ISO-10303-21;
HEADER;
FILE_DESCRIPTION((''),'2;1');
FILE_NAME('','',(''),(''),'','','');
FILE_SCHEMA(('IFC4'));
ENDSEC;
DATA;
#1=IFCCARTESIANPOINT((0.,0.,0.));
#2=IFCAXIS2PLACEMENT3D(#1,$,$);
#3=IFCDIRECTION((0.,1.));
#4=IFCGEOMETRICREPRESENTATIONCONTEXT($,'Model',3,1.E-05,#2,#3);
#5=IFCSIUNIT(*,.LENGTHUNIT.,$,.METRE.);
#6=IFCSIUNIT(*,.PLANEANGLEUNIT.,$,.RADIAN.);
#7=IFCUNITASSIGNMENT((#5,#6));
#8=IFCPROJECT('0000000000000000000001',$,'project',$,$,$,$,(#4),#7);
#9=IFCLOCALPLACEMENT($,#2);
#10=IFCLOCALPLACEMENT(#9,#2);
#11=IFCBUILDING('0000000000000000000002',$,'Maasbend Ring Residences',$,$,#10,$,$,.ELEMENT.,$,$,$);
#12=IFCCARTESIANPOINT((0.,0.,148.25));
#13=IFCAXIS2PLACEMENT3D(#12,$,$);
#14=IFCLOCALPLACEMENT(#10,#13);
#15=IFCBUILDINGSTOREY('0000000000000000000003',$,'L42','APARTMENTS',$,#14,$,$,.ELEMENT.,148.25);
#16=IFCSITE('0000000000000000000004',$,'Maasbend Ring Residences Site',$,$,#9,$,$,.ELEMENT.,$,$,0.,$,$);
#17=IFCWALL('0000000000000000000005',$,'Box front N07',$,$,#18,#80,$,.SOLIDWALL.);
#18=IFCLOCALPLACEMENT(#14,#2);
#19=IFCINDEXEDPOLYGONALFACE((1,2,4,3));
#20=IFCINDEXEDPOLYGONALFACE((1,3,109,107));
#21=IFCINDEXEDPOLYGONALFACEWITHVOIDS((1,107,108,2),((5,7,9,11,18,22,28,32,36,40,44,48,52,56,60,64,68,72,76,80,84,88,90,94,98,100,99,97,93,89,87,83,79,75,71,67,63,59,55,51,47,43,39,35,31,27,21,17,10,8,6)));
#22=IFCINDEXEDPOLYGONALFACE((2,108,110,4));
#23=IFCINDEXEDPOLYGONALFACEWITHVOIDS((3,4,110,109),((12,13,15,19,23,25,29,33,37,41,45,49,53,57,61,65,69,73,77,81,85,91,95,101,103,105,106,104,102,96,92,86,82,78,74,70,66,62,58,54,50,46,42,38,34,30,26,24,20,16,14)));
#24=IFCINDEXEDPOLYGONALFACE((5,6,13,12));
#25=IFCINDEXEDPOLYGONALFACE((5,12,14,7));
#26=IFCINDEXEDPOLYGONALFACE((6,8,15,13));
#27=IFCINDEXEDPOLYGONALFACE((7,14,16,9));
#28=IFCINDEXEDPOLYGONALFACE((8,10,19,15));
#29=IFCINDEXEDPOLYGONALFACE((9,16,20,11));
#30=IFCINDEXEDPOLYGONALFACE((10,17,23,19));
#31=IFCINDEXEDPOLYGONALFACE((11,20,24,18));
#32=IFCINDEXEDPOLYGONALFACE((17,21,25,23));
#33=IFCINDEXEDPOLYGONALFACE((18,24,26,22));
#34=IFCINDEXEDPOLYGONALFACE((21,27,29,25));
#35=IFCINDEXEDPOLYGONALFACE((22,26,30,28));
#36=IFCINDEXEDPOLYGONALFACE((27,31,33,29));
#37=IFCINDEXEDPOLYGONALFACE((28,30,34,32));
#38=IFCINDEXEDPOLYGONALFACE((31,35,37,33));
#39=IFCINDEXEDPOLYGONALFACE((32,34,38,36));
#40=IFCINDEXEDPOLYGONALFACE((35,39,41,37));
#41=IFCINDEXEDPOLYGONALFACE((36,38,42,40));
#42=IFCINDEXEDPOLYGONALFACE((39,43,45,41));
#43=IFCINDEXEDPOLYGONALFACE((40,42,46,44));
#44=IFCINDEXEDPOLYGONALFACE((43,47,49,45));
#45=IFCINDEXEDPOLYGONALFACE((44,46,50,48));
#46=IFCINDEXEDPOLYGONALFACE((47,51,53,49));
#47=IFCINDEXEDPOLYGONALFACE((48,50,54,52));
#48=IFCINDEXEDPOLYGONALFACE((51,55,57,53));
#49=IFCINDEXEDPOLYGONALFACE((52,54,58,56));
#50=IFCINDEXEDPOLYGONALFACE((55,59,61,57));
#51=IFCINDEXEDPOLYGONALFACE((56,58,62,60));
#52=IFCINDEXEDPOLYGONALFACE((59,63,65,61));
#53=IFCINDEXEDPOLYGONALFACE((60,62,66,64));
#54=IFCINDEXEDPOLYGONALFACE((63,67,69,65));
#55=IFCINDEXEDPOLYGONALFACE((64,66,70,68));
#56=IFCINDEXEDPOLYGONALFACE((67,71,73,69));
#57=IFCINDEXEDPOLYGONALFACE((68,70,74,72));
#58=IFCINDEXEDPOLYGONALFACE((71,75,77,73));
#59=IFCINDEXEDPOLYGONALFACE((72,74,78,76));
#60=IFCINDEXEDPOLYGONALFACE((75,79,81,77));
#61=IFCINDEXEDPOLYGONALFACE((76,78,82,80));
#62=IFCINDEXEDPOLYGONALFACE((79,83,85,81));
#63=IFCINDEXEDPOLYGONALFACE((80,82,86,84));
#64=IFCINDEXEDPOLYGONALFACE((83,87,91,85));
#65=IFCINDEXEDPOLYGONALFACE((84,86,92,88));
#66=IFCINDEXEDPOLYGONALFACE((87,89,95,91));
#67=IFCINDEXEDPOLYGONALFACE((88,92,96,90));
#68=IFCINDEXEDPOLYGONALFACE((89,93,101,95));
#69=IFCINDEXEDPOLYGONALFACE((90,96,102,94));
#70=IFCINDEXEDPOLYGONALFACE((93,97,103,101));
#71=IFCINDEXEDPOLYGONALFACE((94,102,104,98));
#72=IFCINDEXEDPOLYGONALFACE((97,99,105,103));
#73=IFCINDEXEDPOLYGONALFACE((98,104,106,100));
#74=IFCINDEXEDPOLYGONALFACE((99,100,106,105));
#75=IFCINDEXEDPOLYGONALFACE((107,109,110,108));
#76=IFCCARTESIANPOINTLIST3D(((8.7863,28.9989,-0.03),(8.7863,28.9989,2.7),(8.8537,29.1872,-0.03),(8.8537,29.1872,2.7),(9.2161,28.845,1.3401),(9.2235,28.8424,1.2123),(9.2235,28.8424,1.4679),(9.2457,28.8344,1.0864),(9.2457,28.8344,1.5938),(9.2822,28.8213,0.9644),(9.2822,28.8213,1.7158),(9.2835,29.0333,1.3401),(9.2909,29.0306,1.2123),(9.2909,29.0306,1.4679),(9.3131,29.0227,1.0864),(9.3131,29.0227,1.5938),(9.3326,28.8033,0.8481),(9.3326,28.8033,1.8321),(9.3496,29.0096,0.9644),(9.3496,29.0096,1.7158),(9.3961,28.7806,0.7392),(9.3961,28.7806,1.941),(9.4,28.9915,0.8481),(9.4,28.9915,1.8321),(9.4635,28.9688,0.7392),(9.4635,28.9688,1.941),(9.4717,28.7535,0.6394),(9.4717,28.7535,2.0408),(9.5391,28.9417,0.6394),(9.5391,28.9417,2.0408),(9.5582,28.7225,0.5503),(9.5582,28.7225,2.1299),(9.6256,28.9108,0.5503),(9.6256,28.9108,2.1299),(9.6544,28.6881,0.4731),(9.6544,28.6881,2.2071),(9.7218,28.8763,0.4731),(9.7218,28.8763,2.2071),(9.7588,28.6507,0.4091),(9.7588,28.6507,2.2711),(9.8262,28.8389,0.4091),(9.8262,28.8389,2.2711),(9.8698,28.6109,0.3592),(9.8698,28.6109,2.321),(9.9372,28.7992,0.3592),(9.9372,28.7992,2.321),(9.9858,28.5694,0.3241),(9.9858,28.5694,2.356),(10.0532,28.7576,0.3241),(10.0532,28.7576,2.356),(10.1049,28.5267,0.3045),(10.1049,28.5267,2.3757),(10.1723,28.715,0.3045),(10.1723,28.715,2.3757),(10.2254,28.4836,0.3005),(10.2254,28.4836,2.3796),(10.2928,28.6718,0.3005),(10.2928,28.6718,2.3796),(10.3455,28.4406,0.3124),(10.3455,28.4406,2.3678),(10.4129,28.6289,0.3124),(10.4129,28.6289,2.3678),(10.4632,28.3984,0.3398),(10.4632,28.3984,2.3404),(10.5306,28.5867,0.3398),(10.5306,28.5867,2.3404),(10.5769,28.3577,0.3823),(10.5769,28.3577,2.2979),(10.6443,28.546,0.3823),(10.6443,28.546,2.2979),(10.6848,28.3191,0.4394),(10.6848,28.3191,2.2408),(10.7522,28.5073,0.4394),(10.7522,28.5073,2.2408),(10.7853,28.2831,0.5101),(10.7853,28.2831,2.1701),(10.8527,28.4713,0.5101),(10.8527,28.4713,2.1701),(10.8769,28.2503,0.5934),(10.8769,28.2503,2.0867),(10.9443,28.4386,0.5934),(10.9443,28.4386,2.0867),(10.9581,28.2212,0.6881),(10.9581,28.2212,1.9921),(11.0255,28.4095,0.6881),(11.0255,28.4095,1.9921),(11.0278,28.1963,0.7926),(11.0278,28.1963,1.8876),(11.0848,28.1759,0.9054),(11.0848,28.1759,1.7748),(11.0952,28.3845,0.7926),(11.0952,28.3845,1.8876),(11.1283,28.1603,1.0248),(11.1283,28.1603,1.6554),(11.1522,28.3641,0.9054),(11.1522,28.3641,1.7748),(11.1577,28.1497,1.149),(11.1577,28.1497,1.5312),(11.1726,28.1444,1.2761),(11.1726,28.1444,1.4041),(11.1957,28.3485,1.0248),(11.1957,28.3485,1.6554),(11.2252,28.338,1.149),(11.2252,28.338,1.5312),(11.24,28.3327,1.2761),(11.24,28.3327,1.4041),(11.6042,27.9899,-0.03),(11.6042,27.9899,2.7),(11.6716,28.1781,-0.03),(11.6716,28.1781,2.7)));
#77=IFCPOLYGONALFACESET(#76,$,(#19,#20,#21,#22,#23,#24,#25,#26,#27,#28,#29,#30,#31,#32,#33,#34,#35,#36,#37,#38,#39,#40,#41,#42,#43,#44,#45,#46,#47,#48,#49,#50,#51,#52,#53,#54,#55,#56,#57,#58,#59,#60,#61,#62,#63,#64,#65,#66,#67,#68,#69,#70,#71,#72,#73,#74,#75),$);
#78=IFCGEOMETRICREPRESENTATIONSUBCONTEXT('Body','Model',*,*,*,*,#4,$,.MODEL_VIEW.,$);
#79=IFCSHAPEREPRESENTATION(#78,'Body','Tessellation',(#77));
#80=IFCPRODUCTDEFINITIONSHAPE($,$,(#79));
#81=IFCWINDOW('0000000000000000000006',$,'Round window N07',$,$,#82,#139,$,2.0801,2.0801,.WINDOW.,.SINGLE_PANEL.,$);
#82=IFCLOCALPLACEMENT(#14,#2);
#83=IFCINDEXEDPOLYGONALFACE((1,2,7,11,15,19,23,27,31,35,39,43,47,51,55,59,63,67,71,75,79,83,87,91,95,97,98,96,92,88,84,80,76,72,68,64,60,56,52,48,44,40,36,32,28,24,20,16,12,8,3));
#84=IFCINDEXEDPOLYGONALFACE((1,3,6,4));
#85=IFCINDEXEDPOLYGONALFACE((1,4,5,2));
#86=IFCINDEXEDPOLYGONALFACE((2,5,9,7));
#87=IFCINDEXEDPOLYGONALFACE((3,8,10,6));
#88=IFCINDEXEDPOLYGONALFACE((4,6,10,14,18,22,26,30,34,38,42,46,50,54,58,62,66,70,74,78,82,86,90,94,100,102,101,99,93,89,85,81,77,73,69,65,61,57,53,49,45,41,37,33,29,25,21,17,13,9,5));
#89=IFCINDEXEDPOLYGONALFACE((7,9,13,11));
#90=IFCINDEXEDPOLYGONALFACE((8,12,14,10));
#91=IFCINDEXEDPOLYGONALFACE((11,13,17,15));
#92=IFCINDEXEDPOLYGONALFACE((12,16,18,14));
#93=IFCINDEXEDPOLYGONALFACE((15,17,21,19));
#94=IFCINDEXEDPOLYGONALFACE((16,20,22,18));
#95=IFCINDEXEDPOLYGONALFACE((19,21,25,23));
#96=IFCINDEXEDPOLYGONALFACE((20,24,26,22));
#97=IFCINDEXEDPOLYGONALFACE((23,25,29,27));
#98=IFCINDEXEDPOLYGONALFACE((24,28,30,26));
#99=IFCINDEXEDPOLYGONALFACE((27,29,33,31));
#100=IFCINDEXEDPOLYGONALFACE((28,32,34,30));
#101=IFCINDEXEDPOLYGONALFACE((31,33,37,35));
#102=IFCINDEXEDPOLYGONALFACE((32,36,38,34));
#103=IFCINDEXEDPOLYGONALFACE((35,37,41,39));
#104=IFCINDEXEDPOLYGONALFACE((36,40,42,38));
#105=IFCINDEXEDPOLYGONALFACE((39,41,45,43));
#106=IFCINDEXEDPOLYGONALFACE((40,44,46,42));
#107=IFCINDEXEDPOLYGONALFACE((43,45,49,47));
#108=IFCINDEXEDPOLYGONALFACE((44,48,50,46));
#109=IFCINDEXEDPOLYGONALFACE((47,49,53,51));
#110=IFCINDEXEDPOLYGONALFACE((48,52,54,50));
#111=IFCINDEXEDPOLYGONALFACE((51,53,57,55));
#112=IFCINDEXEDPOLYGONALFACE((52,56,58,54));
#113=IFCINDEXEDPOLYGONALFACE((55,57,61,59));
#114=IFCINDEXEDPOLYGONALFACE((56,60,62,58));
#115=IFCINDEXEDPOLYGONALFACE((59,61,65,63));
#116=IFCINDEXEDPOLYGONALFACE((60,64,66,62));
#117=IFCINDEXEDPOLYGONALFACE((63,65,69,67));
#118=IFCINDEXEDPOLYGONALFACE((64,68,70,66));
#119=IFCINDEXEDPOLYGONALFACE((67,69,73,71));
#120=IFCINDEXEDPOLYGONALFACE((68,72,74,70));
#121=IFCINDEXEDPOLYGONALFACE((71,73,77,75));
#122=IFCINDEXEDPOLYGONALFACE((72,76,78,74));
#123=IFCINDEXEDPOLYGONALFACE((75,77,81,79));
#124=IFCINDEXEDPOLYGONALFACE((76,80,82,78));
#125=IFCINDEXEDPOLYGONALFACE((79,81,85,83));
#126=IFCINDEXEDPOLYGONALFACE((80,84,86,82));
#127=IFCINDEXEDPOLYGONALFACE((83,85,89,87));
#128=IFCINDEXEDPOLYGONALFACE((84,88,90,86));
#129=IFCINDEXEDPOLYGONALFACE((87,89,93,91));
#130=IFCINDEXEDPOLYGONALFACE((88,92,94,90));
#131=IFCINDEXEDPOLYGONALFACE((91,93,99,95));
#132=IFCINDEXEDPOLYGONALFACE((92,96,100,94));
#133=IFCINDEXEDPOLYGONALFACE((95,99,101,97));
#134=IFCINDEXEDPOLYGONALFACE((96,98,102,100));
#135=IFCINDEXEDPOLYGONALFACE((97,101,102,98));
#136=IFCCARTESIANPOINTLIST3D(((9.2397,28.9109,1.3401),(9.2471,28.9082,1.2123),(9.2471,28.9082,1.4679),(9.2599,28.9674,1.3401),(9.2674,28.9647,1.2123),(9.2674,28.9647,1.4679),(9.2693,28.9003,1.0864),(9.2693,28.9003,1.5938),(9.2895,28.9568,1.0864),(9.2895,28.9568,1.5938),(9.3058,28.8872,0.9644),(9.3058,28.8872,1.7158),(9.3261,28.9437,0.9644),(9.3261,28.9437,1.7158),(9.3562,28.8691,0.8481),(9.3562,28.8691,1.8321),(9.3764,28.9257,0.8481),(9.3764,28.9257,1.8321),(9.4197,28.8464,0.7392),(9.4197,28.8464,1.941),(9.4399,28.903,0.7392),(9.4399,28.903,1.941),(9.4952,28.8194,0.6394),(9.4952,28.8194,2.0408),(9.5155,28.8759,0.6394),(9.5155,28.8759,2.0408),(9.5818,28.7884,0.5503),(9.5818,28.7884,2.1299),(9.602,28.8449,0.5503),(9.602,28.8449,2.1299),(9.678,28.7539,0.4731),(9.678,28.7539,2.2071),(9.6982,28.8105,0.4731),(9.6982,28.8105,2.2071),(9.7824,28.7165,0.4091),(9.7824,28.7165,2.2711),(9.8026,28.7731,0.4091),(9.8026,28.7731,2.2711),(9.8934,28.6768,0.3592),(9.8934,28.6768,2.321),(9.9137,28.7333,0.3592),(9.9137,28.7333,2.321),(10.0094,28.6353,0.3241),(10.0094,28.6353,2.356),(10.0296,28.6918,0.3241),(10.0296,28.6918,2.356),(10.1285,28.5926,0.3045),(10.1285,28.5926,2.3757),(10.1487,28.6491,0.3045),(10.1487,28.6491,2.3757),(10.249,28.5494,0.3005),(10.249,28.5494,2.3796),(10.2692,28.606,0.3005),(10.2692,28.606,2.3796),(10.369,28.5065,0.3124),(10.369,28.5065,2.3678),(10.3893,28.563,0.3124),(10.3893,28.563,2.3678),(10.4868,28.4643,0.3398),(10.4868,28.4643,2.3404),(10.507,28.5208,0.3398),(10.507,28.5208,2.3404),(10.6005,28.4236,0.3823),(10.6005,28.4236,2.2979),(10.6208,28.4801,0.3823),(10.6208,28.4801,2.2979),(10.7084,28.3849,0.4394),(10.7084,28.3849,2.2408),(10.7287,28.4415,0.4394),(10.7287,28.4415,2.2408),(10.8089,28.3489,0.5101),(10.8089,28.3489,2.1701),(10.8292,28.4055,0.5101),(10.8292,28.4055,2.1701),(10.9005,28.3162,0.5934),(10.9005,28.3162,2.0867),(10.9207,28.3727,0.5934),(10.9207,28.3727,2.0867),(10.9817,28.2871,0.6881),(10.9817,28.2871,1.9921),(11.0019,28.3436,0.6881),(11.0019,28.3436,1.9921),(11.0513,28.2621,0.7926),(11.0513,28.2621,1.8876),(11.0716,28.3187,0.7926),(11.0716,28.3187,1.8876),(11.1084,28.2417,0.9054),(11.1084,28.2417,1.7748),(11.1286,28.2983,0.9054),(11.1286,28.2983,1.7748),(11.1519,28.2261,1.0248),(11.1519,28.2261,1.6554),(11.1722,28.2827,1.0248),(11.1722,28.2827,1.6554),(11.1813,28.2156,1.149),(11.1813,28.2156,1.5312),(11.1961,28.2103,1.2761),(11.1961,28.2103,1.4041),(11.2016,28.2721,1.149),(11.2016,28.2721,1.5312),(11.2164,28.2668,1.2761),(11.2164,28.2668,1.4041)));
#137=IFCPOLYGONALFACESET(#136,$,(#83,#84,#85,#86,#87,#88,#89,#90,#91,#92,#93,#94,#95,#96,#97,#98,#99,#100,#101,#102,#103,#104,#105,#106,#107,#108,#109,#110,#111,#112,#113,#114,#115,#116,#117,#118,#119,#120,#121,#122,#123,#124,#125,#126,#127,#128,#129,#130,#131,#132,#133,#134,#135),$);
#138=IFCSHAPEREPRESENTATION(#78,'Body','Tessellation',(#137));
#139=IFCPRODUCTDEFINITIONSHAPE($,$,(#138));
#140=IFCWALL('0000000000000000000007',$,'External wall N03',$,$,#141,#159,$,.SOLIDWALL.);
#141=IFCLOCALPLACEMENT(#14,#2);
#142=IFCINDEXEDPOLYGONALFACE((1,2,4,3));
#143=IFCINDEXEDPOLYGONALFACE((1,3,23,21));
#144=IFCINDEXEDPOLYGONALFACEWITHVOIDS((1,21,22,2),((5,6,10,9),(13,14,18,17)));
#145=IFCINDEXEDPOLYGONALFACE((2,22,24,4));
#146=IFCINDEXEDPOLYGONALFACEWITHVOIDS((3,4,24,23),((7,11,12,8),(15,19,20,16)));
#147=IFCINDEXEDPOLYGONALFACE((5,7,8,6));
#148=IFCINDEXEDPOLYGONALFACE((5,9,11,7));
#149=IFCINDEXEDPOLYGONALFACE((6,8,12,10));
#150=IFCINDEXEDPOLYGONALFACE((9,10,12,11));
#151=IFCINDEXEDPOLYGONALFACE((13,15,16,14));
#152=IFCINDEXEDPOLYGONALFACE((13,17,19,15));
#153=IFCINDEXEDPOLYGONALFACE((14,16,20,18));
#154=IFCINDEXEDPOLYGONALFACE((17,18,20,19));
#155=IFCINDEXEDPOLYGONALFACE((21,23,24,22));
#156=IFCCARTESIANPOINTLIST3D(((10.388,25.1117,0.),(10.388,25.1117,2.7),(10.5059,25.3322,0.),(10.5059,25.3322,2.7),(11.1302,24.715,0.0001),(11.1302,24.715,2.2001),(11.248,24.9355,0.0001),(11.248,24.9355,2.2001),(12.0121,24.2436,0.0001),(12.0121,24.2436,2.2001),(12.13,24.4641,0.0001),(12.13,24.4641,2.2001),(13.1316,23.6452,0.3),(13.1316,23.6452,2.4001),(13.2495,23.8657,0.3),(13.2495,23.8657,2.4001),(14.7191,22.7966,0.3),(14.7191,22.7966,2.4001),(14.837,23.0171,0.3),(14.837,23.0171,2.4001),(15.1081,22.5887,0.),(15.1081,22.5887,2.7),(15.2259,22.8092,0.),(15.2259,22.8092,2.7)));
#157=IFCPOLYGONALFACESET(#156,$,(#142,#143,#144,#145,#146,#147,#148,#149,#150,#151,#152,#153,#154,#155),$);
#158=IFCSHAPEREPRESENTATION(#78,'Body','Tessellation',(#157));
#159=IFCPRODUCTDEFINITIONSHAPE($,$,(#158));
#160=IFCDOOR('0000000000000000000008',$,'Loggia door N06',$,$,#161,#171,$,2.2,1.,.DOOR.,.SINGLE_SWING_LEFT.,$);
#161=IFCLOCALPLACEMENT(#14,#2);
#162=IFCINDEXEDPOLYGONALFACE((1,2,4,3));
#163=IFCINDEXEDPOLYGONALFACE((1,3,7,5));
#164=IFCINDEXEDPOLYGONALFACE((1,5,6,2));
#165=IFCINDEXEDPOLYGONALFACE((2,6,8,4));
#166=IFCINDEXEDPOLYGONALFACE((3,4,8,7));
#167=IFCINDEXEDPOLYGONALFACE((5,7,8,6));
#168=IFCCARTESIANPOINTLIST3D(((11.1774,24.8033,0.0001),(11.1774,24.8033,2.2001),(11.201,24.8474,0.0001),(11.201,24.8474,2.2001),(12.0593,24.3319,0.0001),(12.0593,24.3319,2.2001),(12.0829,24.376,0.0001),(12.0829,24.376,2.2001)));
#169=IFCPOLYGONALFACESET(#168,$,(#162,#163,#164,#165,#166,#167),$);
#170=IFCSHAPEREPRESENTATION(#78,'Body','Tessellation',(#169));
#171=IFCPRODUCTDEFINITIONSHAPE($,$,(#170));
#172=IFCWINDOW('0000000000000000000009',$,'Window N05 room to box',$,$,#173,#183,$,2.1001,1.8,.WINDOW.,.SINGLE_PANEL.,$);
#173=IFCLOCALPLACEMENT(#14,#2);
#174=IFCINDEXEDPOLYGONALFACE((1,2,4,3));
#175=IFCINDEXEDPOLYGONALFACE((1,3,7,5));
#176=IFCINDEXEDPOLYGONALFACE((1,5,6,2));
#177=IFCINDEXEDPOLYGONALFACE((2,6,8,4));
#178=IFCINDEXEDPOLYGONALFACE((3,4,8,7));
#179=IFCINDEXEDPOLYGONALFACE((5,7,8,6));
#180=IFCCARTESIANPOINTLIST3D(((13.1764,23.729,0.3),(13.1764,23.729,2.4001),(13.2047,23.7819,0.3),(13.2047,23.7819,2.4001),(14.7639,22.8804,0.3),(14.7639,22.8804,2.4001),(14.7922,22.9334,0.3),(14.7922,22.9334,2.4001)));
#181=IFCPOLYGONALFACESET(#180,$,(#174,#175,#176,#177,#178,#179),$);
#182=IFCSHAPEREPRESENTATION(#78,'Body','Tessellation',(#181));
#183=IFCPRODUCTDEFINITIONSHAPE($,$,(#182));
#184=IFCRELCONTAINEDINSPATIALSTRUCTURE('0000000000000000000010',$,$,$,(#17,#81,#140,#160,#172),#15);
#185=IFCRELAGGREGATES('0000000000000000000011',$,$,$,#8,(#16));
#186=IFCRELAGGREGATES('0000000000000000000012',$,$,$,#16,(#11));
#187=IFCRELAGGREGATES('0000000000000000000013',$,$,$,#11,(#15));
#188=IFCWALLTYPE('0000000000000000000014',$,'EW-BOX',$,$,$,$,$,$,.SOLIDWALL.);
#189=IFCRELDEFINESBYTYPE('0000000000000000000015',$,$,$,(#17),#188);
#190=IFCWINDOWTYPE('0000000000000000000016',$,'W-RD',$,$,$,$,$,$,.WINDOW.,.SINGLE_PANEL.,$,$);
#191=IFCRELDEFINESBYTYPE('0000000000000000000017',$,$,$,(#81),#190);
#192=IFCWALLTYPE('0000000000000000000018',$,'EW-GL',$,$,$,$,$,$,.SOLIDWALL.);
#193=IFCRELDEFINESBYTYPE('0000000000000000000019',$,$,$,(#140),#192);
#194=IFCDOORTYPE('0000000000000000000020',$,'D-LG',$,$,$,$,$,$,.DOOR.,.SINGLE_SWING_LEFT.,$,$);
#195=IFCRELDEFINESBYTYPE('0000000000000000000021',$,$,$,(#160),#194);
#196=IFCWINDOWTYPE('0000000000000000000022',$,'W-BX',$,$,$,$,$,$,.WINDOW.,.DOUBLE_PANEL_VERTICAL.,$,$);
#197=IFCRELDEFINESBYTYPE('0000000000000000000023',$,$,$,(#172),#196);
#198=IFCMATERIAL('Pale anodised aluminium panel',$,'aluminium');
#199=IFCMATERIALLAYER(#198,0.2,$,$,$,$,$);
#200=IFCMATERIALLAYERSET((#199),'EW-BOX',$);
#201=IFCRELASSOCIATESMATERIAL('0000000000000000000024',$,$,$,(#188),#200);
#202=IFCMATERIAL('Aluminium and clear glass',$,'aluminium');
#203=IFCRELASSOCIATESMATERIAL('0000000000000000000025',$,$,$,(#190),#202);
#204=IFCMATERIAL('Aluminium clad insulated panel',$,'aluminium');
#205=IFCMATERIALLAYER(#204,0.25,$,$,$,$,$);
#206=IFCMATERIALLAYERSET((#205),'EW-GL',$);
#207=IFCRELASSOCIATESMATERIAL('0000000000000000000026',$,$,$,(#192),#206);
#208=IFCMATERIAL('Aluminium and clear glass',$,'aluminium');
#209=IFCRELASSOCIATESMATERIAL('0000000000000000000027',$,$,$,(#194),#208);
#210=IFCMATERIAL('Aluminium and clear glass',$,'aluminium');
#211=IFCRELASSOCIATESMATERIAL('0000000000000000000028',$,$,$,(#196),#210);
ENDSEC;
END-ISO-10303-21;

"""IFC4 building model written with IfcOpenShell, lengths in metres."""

from ifc_helpers import new_model, si_unit, direction, frame, frame_2d, origin, place, context, subcontext, project, spatial, rectangle, circle, extrude, material, layer, layer_set, type_object, element, fill, save


model = new_model("IFC4")

# Units and contexts
model_context = context("Model", 3, precision=1e-05, world=origin(), true_north=direction((0.0, 1.0)))
body_context = subcontext(model_context, "Body", "Model", "MODEL_VIEW")
ifc_project = project(units=[si_unit("LENGTHUNIT", "METRE"), si_unit("PLANEANGLEUNIT", "RADIAN")], contexts=[model_context])

# Site, building, storey
site_placement = place(None, origin())
site = spatial("IfcSite", under=ifc_project, at=site_placement, Name="Maasbend Ring Residences Site", CompositionType="ELEMENT", RefElevation=0.0)
building_placement = place(site_placement, origin())
building = spatial("IfcBuilding", under=site, at=building_placement, Name="Maasbend Ring Residences", CompositionType="ELEMENT")
storey_placement = place(building_placement, frame((0.0, 0.0, 148.25)))
storey = spatial("IfcBuildingStorey", under=building, at=storey_placement, Name="L42", Description="APARTMENTS", CompositionType="ELEMENT", Elevation=148.25)

# Shared definitions
ifc_material_1 = material(Name="Pale anodised aluminium panel", Category="aluminium")
ifc_layer_1 = layer(ifc_material_1, 0.2)
ifc_layer_set_1 = layer_set([ifc_layer_1], Name="EW-BOX")
wall_type_1 = type_object("IfcWallType", Name="EW-BOX", PredefinedType="SOLIDWALL", material=ifc_layer_set_1)

# Wall, opening, window
wall_1_placement = place(storey_placement, frame((11.6379, 28.084, -0.03), z_axis=(0.0, 0.0, 1.0), x_axis=(-0.941461, 0.337122, 0.0)))
wall_1 = element("IfcWall", 1, at=wall_1_placement, inside=storey, type_object=wall_type_1, Name="Box front N07", PredefinedType="SOLIDWALL", context=body_context, shape_type="SweptSolid", body=[
    extrude(rectangle(XDim=2.9932, YDim=0.2, at=frame_2d((1.4966, 0.0))), origin(), (0.0, 0.0, 1.0), 2.73),
])
opening_1_placement = place(wall_1_placement, frame((0.4565, 0.0, 0.3301)))
opening_1 = element("IfcOpeningElement", 2, at=opening_1_placement, cuts=wall_1, PredefinedType="OPENING", context=body_context, shape_type="SweptSolid", body=[
    extrude(circle(Radius=1.04, at=frame_2d((1.04, 1.04))), frame((0.0, 0.1099, 0.0), z_axis=(0.0, -1.0, 0.0), x_axis=(1.0, 0.0, 0.0)), (0.0, 0.0, 1.0), 0.22),
])
ifc_material_2 = material(Name="Aluminium and clear glass", Category="aluminium")
window_type_1 = type_object("IfcWindowType", Name="W-RD", PartitioningType="SINGLE_PANEL", PredefinedType="WINDOW", material=ifc_material_2)
window_1_placement = place(opening_1_placement, origin())
window_1 = element("IfcWindow", 3, at=window_1_placement, inside=storey, type_object=window_type_1, Name="Round window N07", OverallHeight=2.0801, OverallWidth=2.0801, PartitioningType="SINGLE_PANEL", PredefinedType="WINDOW", context=body_context, shape_type="SweptSolid", body=[
    extrude(circle(Radius=1.04, at=frame_2d((1.04, 1.04))), frame((0.0, 0.03, 0.0), z_axis=(0.0, -1.0, 0.0), x_axis=(1.0, 0.0, 0.0)), (0.0, 0.0, 1.0), 0.0601),
])
fill(opening_1, window_1)

# Wall, openings, door, window
ifc_material_3 = material(Name="Aluminium clad insulated panel", Category="aluminium")
ifc_layer_2 = layer(ifc_material_3, 0.25)
ifc_layer_set_2 = layer_set([ifc_layer_2], Name="EW-GL")
wall_type_2 = type_object("IfcWallType", Name="EW-GL", PredefinedType="SOLIDWALL", material=ifc_layer_set_2)
wall_2_placement = place(storey_placement, frame((15.167, 22.699, 0.0), z_axis=(0.0, 0.0, 1.0), x_axis=(-0.881916, 0.471407, 0.0)))
wall_2 = element("IfcWall", 4, at=wall_2_placement, inside=storey, type_object=wall_type_2, Name="External wall N03", PredefinedType="SOLIDWALL", context=body_context, shape_type="SweptSolid", body=[
    extrude(rectangle(XDim=5.3521, YDim=0.25, at=frame_2d((2.676, 0.0))), origin(), (0.0, 0.0, 1.0), 2.7),
])
opening_2_placement = place(wall_2_placement, frame((0.4412, 0.0, 0.3)))
opening_2 = element("IfcOpeningElement", 5, at=opening_2_placement, cuts=wall_2, PredefinedType="OPENING", context=body_context, shape_type="SweptSolid", body=[
    extrude(rectangle(XDim=1.8, YDim=2.1001, at=frame_2d((0.8999, 1.05))), frame((0.0, 0.135, 0.0), z_axis=(0.0, -1.0, 0.0), x_axis=(1.0, 0.0, 0.0)), (0.0, 0.0, 1.0), 0.27),
])
opening_3_placement = place(wall_2_placement, frame((3.5105, 0.0, 0.0)))
opening_3 = element("IfcOpeningElement", 6, at=opening_3_placement, cuts=wall_2, PredefinedType="OPENING", context=body_context, shape_type="SweptSolid", body=[
    extrude(rectangle(XDim=1.0, YDim=2.2, at=frame_2d((0.5, 1.1001))), frame((0.0, 0.135, 0.0), z_axis=(0.0, -1.0, 0.0), x_axis=(1.0, 0.0, 0.0)), (0.0, 0.0, 1.0), 0.27),
])
ifc_material_4 = material(Name="Aluminium and clear glass", Category="aluminium")
door_type_1 = type_object("IfcDoorType", Name="D-LG", OperationType="SINGLE_SWING_LEFT", PredefinedType="DOOR", material=ifc_material_4)
door_1_placement = place(opening_3_placement, origin())
door_1 = element("IfcDoor", 7, at=door_1_placement, inside=storey, type_object=door_type_1, Name="Loggia door N06", OperationType="SINGLE_SWING_LEFT", OverallHeight=2.2, OverallWidth=1.0, PredefinedType="DOOR", context=body_context, shape_type="SweptSolid", body=[
    extrude(rectangle(XDim=1.0, YDim=2.2, at=frame_2d((0.5, 1.1001))), frame((0.0, 0.0249, 0.0), z_axis=(0.0, -1.0, 0.0), x_axis=(1.0, 0.0, 0.0)), (0.0, 0.0, 1.0), 0.05),
])
fill(opening_3, door_1)
ifc_material_5 = material(Name="Aluminium and clear glass", Category="aluminium")
window_type_2 = type_object("IfcWindowType", Name="W-BX", PartitioningType="DOUBLE_PANEL_VERTICAL", PredefinedType="WINDOW", material=ifc_material_5)
window_2_placement = place(opening_2_placement, origin())
window_2 = element("IfcWindow", 8, at=window_2_placement, inside=storey, type_object=window_type_2, Name="Window N05 room to box", OverallHeight=2.1001, OverallWidth=1.8, PartitioningType="SINGLE_PANEL", PredefinedType="WINDOW", context=body_context, shape_type="SweptSolid", body=[
    extrude(rectangle(XDim=1.8, YDim=2.1001, at=frame_2d((0.8999, 1.05))), frame((0.0, 0.03, 0.0), z_axis=(0.0, -1.0, 0.0), x_axis=(1.0, 0.0, 0.0)), (0.0, 0.0, 1.0), 0.0601),
])
fill(opening_2, window_2)

save(model, "model.ifc")
